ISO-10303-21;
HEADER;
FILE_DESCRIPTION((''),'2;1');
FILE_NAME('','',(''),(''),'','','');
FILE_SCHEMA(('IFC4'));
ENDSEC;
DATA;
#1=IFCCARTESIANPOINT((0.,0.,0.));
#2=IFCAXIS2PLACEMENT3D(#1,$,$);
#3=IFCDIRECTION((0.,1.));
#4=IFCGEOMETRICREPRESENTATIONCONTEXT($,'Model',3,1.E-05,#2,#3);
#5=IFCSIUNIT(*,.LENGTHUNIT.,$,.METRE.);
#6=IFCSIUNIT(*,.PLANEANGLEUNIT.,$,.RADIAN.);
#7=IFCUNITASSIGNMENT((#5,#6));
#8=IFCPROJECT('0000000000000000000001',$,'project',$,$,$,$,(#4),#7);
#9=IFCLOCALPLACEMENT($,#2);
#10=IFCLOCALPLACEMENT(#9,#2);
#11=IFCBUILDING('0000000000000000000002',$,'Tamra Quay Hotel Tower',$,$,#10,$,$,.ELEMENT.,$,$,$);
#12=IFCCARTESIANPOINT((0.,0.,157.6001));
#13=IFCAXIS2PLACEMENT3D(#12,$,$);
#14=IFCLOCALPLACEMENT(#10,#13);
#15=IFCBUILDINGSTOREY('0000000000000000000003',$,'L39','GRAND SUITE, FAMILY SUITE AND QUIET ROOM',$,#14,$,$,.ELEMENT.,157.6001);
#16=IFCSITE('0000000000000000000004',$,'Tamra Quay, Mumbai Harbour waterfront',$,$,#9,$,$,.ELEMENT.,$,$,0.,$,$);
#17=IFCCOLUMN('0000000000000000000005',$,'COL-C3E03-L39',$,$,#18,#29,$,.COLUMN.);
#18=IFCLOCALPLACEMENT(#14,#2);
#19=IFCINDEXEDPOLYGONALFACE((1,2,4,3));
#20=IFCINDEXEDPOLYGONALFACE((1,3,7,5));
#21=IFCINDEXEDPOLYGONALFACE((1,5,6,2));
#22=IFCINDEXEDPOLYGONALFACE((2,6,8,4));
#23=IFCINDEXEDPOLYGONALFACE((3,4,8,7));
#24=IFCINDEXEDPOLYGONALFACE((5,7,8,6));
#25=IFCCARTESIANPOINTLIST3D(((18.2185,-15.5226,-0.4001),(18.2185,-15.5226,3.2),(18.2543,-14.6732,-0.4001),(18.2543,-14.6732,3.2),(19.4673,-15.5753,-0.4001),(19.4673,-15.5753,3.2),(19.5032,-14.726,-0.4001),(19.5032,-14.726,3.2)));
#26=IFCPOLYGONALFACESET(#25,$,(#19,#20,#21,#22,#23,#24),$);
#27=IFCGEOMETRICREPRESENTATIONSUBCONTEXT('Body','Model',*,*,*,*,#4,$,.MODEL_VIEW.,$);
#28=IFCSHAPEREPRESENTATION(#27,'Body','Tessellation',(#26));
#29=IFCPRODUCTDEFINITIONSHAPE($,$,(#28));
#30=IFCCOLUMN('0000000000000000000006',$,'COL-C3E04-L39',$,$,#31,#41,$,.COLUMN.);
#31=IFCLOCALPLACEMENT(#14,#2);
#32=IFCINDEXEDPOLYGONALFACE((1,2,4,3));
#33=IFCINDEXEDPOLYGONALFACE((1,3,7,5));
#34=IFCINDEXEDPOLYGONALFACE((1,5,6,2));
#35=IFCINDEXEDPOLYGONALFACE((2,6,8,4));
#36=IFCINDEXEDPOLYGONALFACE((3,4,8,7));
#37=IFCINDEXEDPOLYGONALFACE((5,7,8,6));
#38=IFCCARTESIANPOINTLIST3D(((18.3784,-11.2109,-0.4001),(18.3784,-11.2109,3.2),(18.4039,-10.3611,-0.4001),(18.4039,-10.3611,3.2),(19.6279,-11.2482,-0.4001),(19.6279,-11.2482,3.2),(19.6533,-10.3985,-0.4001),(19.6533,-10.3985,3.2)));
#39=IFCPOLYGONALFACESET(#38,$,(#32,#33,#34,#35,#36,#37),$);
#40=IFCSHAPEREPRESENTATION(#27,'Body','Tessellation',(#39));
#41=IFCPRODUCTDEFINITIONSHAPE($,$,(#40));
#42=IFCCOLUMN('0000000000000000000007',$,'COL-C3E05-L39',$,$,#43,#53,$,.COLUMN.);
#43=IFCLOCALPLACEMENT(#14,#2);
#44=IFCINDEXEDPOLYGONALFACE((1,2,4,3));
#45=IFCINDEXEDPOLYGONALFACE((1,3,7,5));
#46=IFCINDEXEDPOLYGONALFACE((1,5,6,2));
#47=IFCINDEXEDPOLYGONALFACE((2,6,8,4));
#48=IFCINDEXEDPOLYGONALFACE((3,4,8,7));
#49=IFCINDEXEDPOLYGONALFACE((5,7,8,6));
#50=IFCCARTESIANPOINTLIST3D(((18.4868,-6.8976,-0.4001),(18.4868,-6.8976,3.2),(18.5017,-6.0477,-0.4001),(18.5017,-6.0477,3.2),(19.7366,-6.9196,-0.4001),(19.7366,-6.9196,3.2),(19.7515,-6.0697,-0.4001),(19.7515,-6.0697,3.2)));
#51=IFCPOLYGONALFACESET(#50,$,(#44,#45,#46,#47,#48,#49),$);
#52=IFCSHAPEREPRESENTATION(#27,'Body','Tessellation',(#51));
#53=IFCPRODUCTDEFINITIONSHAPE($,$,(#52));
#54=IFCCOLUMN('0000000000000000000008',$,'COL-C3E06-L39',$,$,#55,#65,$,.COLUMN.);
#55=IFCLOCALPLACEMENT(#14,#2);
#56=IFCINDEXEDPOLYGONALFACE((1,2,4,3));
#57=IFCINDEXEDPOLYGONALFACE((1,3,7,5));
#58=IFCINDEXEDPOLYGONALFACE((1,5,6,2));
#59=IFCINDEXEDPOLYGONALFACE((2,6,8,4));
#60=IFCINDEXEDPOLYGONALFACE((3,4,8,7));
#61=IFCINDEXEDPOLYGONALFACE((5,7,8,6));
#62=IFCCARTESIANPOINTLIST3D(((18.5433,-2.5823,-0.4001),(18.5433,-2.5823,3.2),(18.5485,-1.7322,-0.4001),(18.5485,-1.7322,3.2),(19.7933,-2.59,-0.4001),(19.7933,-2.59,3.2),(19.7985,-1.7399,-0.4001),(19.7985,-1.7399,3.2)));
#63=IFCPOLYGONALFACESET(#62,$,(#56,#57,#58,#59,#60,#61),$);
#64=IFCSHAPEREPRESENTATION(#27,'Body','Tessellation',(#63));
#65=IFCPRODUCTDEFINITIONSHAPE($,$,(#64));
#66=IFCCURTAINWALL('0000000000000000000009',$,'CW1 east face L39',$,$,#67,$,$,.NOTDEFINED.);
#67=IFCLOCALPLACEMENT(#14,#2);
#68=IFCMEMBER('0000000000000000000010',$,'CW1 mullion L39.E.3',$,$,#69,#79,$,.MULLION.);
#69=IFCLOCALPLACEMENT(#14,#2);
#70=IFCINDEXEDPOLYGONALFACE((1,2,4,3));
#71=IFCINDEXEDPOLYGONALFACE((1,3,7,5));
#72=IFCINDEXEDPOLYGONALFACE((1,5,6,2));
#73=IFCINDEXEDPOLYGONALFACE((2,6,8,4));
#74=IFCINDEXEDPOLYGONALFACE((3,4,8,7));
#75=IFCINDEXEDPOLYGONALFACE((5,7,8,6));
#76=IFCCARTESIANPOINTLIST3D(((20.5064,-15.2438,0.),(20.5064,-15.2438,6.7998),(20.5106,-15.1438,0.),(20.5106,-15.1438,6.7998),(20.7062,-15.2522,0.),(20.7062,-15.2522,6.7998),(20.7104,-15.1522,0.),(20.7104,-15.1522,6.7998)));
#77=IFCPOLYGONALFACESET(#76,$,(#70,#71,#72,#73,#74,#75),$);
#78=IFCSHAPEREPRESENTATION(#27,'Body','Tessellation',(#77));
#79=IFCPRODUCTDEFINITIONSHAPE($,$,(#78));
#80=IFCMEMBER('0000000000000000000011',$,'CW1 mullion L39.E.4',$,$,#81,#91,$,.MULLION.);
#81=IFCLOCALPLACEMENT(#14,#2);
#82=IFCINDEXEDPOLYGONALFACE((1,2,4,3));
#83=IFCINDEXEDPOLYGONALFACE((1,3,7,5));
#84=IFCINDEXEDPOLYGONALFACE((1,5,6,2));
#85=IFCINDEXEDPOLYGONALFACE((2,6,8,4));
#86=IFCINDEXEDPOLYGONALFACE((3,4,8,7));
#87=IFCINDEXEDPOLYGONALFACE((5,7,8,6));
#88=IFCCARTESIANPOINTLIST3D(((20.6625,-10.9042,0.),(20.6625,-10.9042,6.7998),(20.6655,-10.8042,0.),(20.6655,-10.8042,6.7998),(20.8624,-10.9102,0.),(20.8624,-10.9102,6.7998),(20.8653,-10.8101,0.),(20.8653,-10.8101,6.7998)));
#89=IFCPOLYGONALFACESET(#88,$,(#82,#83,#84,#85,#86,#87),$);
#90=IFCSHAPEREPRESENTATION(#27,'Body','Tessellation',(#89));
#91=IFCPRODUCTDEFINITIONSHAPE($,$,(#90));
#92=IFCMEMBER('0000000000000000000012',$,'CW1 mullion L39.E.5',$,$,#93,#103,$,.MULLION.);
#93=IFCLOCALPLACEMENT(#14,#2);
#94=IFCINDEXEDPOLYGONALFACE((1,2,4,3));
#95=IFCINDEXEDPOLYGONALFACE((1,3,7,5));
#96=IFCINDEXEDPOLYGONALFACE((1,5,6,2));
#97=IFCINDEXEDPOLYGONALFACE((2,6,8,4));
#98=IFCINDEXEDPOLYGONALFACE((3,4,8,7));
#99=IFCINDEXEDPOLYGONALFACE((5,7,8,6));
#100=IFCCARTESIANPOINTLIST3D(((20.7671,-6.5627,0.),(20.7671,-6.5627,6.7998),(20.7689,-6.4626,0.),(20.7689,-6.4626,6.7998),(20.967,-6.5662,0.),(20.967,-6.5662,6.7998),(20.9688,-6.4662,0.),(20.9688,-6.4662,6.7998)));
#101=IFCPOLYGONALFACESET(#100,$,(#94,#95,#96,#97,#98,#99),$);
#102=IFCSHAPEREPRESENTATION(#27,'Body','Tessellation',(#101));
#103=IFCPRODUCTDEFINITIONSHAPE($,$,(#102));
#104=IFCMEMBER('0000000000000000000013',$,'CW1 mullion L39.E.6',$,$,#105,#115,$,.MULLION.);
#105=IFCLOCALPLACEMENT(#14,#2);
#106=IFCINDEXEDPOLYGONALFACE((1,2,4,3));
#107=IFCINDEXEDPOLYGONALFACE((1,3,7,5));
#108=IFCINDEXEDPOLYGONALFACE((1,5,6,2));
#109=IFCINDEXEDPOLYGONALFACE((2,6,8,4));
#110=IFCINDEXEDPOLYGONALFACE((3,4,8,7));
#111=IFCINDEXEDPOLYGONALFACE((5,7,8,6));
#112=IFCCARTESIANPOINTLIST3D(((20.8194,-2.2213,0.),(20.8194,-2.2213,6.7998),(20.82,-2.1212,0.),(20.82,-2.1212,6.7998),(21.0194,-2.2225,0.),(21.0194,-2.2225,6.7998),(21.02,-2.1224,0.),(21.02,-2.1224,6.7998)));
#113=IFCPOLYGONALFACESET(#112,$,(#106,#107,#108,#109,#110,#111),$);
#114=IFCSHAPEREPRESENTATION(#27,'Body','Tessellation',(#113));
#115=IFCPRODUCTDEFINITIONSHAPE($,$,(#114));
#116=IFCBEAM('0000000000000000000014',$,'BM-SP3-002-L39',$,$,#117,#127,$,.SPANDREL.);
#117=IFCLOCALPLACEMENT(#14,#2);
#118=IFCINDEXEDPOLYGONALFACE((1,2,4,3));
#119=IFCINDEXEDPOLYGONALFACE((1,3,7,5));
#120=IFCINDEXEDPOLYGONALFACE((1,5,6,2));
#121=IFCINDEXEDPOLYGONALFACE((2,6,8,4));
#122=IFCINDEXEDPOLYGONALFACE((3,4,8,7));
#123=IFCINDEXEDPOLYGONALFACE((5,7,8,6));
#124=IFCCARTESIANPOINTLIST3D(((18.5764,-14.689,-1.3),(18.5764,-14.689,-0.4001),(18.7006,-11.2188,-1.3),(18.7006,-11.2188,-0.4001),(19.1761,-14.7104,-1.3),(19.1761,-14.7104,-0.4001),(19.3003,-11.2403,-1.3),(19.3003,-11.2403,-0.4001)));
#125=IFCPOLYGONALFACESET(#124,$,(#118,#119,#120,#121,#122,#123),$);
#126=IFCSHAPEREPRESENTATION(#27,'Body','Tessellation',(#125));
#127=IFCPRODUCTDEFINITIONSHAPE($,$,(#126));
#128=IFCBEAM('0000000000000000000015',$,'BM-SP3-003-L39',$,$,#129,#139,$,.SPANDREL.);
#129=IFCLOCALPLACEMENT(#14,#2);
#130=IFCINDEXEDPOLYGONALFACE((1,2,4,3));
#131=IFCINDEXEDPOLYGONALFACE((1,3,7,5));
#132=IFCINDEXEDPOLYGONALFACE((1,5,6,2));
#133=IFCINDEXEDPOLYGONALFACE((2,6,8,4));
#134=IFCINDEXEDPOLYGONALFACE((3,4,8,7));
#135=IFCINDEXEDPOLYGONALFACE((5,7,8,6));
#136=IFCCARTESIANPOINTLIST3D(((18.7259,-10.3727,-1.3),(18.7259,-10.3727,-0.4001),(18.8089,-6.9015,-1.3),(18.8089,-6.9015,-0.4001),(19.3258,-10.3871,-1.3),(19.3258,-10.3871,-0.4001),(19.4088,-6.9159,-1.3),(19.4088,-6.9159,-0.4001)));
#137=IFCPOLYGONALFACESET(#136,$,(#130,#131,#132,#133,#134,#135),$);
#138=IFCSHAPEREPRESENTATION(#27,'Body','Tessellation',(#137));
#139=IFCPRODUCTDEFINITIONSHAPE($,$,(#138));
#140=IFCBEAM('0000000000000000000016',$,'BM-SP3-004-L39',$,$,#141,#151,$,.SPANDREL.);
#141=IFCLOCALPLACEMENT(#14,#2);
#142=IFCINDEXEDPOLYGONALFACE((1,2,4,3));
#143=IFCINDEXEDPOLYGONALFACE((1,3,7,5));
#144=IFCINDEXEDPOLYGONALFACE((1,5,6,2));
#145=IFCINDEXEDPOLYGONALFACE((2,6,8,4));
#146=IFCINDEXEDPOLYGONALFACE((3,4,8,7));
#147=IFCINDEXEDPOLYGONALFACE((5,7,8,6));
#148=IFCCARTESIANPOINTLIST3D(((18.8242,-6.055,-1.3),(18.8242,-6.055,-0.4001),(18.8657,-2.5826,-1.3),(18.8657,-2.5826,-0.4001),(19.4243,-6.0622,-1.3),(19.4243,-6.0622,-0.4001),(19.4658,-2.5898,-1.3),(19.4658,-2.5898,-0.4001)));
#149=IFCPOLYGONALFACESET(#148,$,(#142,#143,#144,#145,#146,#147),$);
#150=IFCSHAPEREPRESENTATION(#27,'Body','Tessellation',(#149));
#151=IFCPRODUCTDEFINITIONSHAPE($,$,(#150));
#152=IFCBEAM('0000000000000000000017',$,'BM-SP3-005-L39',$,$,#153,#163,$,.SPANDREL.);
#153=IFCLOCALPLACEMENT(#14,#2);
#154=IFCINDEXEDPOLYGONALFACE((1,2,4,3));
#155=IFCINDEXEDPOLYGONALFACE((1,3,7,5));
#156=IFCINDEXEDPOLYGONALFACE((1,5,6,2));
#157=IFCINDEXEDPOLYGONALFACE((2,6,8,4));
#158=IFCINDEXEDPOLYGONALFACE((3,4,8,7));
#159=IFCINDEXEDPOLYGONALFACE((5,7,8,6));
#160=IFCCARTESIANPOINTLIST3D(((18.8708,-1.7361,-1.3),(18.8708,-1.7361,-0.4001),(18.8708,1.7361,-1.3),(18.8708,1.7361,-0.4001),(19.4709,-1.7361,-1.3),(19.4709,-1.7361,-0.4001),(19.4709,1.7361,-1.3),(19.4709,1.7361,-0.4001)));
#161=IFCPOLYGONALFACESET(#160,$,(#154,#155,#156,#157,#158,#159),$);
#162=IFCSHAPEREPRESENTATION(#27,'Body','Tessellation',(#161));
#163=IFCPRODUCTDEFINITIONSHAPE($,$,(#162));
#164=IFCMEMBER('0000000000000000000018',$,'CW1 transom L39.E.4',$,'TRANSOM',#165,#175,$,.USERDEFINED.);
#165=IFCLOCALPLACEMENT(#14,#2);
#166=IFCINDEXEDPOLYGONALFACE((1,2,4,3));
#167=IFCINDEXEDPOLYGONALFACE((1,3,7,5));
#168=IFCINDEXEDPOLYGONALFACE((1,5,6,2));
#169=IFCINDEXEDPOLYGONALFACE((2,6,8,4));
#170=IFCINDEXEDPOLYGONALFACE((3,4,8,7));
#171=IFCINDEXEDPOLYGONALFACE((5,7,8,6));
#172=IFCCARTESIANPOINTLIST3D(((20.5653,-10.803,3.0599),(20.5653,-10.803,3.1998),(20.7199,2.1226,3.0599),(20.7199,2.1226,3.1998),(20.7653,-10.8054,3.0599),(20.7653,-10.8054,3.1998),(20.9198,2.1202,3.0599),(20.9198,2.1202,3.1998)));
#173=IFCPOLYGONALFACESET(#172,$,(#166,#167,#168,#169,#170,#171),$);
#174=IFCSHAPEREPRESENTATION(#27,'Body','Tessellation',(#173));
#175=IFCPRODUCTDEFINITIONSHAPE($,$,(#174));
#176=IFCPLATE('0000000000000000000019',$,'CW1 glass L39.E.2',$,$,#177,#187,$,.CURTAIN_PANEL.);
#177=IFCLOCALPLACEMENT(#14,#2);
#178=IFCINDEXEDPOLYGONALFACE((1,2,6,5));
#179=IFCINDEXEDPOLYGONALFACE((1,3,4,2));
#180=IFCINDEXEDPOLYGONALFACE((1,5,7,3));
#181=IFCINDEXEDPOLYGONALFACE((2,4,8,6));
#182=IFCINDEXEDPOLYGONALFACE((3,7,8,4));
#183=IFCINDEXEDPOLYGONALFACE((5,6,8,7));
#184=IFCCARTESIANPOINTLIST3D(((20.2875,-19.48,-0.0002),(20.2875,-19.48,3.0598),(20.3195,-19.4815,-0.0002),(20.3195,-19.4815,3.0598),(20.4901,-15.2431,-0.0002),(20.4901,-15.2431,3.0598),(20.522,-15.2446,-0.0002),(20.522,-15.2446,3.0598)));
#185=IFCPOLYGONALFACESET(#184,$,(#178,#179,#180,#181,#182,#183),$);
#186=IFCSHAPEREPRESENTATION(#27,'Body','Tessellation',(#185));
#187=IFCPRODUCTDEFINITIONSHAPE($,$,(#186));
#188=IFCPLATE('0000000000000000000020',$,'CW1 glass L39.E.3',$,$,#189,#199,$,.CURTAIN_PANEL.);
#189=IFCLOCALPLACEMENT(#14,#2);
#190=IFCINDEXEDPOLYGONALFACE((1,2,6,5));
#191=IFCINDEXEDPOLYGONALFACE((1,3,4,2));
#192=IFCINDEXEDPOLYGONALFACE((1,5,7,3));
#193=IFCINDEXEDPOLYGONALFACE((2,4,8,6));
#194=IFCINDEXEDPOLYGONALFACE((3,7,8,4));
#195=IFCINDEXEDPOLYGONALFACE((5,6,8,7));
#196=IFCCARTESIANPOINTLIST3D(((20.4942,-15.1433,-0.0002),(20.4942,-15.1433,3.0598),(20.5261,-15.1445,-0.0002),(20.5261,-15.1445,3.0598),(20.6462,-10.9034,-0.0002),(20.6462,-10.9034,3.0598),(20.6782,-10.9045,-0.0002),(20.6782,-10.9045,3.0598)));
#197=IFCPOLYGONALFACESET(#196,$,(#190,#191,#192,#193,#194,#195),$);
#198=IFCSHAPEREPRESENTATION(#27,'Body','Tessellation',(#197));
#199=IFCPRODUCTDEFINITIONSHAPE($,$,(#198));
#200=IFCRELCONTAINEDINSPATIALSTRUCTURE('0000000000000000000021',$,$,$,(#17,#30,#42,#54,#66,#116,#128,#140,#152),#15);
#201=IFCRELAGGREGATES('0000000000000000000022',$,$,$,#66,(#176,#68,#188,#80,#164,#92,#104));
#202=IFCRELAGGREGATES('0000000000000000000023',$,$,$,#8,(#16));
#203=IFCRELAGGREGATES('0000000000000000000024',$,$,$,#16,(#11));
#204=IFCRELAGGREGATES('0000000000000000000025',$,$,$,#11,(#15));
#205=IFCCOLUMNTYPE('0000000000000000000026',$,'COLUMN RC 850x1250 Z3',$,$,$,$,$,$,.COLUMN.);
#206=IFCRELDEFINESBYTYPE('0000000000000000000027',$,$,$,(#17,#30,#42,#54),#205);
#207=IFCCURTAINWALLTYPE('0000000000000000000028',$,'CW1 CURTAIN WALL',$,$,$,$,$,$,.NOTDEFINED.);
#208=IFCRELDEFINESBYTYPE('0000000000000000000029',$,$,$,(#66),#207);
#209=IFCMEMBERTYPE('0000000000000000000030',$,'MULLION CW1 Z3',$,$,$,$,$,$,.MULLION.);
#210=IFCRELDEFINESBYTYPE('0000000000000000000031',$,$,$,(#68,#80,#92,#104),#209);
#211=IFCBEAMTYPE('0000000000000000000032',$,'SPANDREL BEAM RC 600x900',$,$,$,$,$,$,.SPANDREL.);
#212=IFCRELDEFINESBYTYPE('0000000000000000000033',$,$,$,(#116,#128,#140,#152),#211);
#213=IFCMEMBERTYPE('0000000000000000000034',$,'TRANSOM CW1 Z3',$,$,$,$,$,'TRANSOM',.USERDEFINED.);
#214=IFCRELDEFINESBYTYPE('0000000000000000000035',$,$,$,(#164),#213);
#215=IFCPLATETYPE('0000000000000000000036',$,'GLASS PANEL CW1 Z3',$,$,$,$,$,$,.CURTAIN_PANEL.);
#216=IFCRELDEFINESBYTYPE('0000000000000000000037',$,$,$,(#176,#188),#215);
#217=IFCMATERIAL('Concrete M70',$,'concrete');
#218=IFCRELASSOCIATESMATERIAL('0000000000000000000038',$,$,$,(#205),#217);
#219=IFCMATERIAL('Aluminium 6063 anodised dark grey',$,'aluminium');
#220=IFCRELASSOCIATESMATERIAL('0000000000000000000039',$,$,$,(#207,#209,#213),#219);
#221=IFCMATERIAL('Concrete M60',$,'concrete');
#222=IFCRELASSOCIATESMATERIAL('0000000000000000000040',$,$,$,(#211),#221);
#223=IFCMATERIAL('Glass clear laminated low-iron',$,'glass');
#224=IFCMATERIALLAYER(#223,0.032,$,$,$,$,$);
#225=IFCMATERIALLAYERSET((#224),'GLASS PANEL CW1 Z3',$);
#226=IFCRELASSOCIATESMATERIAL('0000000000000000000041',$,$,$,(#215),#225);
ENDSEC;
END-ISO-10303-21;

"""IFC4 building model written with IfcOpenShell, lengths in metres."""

from ifc_helpers import new_model, si_unit, direction, frame, origin, origin_2d, place, context, subcontext, project, spatial, rectangle, extrude, material, layer, layer_set, material_profile, profile_set, type_object, element, aggregate, save


model = new_model("IFC4")

# Units and contexts
model_context = context("Model", 3, precision=1e-05, world=origin(), true_north=direction((0.0, 1.0)))
body_context = subcontext(model_context, "Body", "Model", "MODEL_VIEW")
ifc_project = project(units=[si_unit("LENGTHUNIT", "METRE"), si_unit("PLANEANGLEUNIT", "RADIAN")], contexts=[model_context])

# Site, building, storey
site_placement = place(None, origin())
site = spatial("IfcSite", under=ifc_project, at=site_placement, Name="Tamra Quay, Mumbai Harbour waterfront", CompositionType="ELEMENT", RefElevation=0.0)
building_placement = place(site_placement, origin())
building = spatial("IfcBuilding", under=site, at=building_placement, Name="Tamra Quay Hotel Tower", CompositionType="ELEMENT")
storey_placement = place(building_placement, frame((0.0, 0.0, 157.6001)))
storey = spatial("IfcBuildingStorey", under=building, at=storey_placement, Name="L39", Description="GRAND SUITE, FAMILY SUITE AND QUIET ROOM", CompositionType="ELEMENT", Elevation=157.6001)

# Columns
ifc_material_1 = material(Name="Concrete M70", Category="concrete")
ifc_material_profile_1 = material_profile(ifc_material_1, rectangle(XDim=1.25, YDim=0.8501, at=origin_2d()), Name="COLUMN RC 850x1250 Z3")
ifc_profile_set_1 = profile_set([ifc_material_profile_1], Name="Concrete M70")
column_type = type_object("IfcColumnType", Name="COLUMN RC 850x1250 Z3", PredefinedType="COLUMN", material=ifc_profile_set_1)
for number, where, z_axis, x_axis, name in (
    (1, (18.8608, -15.1243, -0.4001), (0.0, 0.0, 1.0), (-0.999109, 0.042202, 0.0), "COL-C3E03-L39"),
    (2, (19.0159, -10.8047, -0.4001), (0.0, 0.0, 1.0), (-0.999553, 0.029907, 0.0), "COL-C3E04-L39"),
    (3, (19.1191, -6.4836, -0.4001), (0.0, 0.0, 1.0), (-0.999845, 0.017597, 0.0), "COL-C3E05-L39"),
    (4, (19.1709, -2.1611, -0.4001), (0.0, 0.0, 1.0), (-0.999981, 0.006159, 0.0), "COL-C3E06-L39"),
):
    element("IfcColumn", number, at=place(storey_placement, frame(where, z_axis=z_axis, x_axis=x_axis)), inside=storey, type_object=column_type, Name=name, PredefinedType="COLUMN", context=body_context, shape_type="SweptSolid", body=[
        extrude(rectangle(XDim=1.25, YDim=0.8501, at=origin_2d()), origin(), (0.0, 0.0, 1.0), 3.6001),
    ])

# Curtain wall, members
ifc_material_2 = material(Name="Aluminium 6063 anodised dark grey", Category="aluminium")
curtain_wall_type = type_object("IfcCurtainWallType", Name="CW1 CURTAIN WALL", PredefinedType="NOTDEFINED", material=ifc_material_2)
curtain_wall_placement = place(storey_placement, origin())
curtain_wall = element("IfcCurtainWall", 5, at=curtain_wall_placement, inside=storey, type_object=curtain_wall_type, Name="CW1 east face L39", PredefinedType="NOTDEFINED")
ifc_material_profile_2 = material_profile(ifc_material_2, rectangle(XDim=0.2, YDim=0.1001, at=origin_2d()), Name="MULLION 100X200")
ifc_profile_set_2 = profile_set([ifc_material_profile_2], Name="Aluminium 6063 anodised dark grey")
member_type_1 = type_object("IfcMemberType", Name="MULLION CW1 Z3", PredefinedType="MULLION", material=ifc_profile_set_2)
member_1_placement = place(storey_placement, frame((20.6084, -15.198, 0.0), z_axis=(0.0, 0.0, 1.0), x_axis=(0.999126, -0.041797, 0.0)))
member_1 = element("IfcMember", 6, at=member_1_placement, type_object=member_type_1, Name="CW1 mullion L39.E.3", PredefinedType="MULLION", context=body_context, shape_type="SweptSolid", body=[
    extrude(rectangle(XDim=0.2, YDim=0.1001, at=origin_2d()), origin(), (0.0, 0.0, 1.0), 6.7998),
])
member_2_placement = place(storey_placement, frame((20.7639, -10.8572, 0.0), z_axis=(0.0, 0.0, 1.0), x_axis=(0.999554, -0.029871, 0.0)))
member_2 = element("IfcMember", 7, at=member_2_placement, type_object=member_type_1, Name="CW1 mullion L39.E.4", PredefinedType="MULLION", context=body_context, shape_type="SweptSolid", body=[
    extrude(rectangle(XDim=0.2, YDim=0.1001, at=origin_2d()), origin(), (0.0, 0.0, 1.0), 6.7998),
])
member_3_placement = place(storey_placement, frame((20.8679, -6.5144, 0.0), z_axis=(0.0, 0.0, 1.0), x_axis=(0.999839, -0.017927, 0.0)))
member_3 = element("IfcMember", 8, at=member_3_placement, type_object=member_type_1, Name="CW1 mullion L39.E.5", PredefinedType="MULLION", context=body_context, shape_type="SweptSolid", body=[
    extrude(rectangle(XDim=0.2, YDim=0.1001, at=origin_2d()), origin(), (0.0, 0.0, 1.0), 6.7998),
])
member_4_placement = place(storey_placement, frame((20.9197, -2.1719, 0.0), z_axis=(0.0, 0.0, 1.0), x_axis=(0.999982, -0.005979, 0.0)))
member_4 = element("IfcMember", 9, at=member_4_placement, type_object=member_type_1, Name="CW1 mullion L39.E.6", PredefinedType="MULLION", context=body_context, shape_type="SweptSolid", body=[
    extrude(rectangle(XDim=0.2, YDim=0.1001, at=origin_2d()), origin(), (0.0, 0.0, 1.0), 6.7998),
])

# Beams
ifc_material_3 = material(Name="Concrete M60", Category="concrete")
ifc_material_profile_3 = material_profile(ifc_material_3, rectangle(XDim=0.6001, YDim=0.8999, at=origin_2d()), Name="SPANDREL BEAM RC 600x900")
ifc_profile_set_3 = profile_set([ifc_material_profile_3], Name="Concrete M60")
beam_type = type_object("IfcBeamType", Name="SPANDREL BEAM RC 600x900", PredefinedType="SPANDREL", material=ifc_profile_set_3)
beam_1_placement = place(storey_placement, frame((18.8762, -14.6997, -0.8501), z_axis=(0.035787, 0.999359, 0.0), x_axis=(-0.999359, 0.035787, 0.0)))
element("IfcBeam", 10, at=beam_1_placement, inside=storey, type_object=beam_type, Name="BM-SP3-002-L39", PredefinedType="SPANDREL", context=body_context, shape_type="SweptSolid", body=[
    extrude(rectangle(XDim=0.6001, YDim=0.8999, at=origin_2d()), origin(), (0.0, 0.0, 1.0), 3.4724),
])
beam_2_placement = place(storey_placement, frame((19.0259, -10.3799, -0.8501), z_axis=(0.023907, 0.999714, 0.0), x_axis=(-0.999714, 0.023907, 0.0)))
element("IfcBeam", 11, at=beam_2_placement, inside=storey, type_object=beam_type, Name="BM-SP3-003-L39", PredefinedType="SPANDREL", context=body_context, shape_type="SweptSolid", body=[
    extrude(rectangle(XDim=0.6001, YDim=0.8999, at=origin_2d()), origin(), (0.0, 0.0, 1.0), 3.4722),
])
beam_3_placement = place(storey_placement, frame((19.1243, -6.0586, -0.8501), z_axis=(0.011952, 0.999929, 0.0), x_axis=(-0.999929, 0.011952, 0.0)))
element("IfcBeam", 12, at=beam_3_placement, inside=storey, type_object=beam_type, Name="BM-SP3-004-L39", PredefinedType="SPANDREL", context=body_context, shape_type="SweptSolid", body=[
    extrude(rectangle(XDim=0.6001, YDim=0.8999, at=origin_2d()), origin(), (0.0, 0.0, 1.0), 3.4727),
])
beam_4_placement = place(storey_placement, frame((19.1709, -1.7361, -0.8501), z_axis=(0.0, 1.0, 0.0), x_axis=(-1.0, 0.0, 0.0)))
element("IfcBeam", 13, at=beam_4_placement, inside=storey, type_object=beam_type, Name="BM-SP3-005-L39", PredefinedType="SPANDREL", context=body_context, shape_type="SweptSolid", body=[
    extrude(rectangle(XDim=0.6001, YDim=0.8999, at=origin_2d()), origin(), (0.0, 0.0, 1.0), 3.4722),
])

# Member
ifc_material_profile_4 = material_profile(ifc_material_2, rectangle(XDim=0.2, YDim=0.1399, at=origin_2d()), Name="TRANSOM 200X140")
ifc_profile_set_4 = profile_set([ifc_material_profile_4], Name="Aluminium 6063 anodised dark grey")
member_type_2 = type_object("IfcMemberType", Name="TRANSOM CW1 Z3", ElementType="TRANSOM", PredefinedType="USERDEFINED", material=ifc_profile_set_4)
member_5_placement = place(storey_placement, frame((20.6653, -10.8042, 3.1299), z_axis=(0.011955, 0.999929, 0.0), x_axis=(-0.999929, 0.011955, 0.0)))
member_5 = element("IfcMember", 14, at=member_5_placement, type_object=member_type_2, Name="CW1 transom L39.E.4", ObjectType="TRANSOM", PredefinedType="USERDEFINED", context=body_context, shape_type="SweptSolid", body=[
    extrude(rectangle(XDim=0.2, YDim=0.1399, at=origin_2d()), origin(), (0.0, 0.0, 1.0), 12.9265),
])

# Plates
ifc_material_4 = material(Name="Glass clear laminated low-iron", Category="glass")
ifc_layer_1 = layer(ifc_material_4, 0.032)
ifc_layer_set_1 = layer_set([ifc_layer_1], Name="GLASS PANEL CW1 Z3")
plate_type = type_object("IfcPlateType", Name="GLASS PANEL CW1 Z3", PredefinedType="CURTAIN_PANEL", material=ifc_layer_set_1)
plate_1_placement = place(storey_placement, frame((20.4048, -17.3623, -0.0002), z_axis=(0.0, 0.0, 1.0), x_axis=(0.047747, 0.998859, 0.0)))
plate_1 = element("IfcPlate", 15, at=plate_1_placement, type_object=plate_type, Name="CW1 glass L39.E.2", PredefinedType="CURTAIN_PANEL", context=body_context, shape_type="SweptSolid", body=[
    extrude(rectangle(XDim=4.2417, YDim=0.032, at=origin_2d()), origin(), (0.0, 0.0, 1.0), 3.0601),
])
plate_2_placement = place(storey_placement, frame((20.5862, -13.0239, -0.0002), z_axis=(0.0, 0.0, 1.0), x_axis=(0.035845, 0.999357, 0.0)))
plate_2 = element("IfcPlate", 16, at=plate_2_placement, type_object=plate_type, Name="CW1 glass L39.E.3", PredefinedType="CURTAIN_PANEL", context=body_context, shape_type="SweptSolid", body=[
    extrude(rectangle(XDim=4.2427, YDim=0.032, at=origin_2d()), origin(), (0.0, 0.0, 1.0), 3.0601),
])
aggregate(curtain_wall, [plate_1, member_1, plate_2, member_2, member_5, member_3, member_4])

save(model, "model.ifc")
